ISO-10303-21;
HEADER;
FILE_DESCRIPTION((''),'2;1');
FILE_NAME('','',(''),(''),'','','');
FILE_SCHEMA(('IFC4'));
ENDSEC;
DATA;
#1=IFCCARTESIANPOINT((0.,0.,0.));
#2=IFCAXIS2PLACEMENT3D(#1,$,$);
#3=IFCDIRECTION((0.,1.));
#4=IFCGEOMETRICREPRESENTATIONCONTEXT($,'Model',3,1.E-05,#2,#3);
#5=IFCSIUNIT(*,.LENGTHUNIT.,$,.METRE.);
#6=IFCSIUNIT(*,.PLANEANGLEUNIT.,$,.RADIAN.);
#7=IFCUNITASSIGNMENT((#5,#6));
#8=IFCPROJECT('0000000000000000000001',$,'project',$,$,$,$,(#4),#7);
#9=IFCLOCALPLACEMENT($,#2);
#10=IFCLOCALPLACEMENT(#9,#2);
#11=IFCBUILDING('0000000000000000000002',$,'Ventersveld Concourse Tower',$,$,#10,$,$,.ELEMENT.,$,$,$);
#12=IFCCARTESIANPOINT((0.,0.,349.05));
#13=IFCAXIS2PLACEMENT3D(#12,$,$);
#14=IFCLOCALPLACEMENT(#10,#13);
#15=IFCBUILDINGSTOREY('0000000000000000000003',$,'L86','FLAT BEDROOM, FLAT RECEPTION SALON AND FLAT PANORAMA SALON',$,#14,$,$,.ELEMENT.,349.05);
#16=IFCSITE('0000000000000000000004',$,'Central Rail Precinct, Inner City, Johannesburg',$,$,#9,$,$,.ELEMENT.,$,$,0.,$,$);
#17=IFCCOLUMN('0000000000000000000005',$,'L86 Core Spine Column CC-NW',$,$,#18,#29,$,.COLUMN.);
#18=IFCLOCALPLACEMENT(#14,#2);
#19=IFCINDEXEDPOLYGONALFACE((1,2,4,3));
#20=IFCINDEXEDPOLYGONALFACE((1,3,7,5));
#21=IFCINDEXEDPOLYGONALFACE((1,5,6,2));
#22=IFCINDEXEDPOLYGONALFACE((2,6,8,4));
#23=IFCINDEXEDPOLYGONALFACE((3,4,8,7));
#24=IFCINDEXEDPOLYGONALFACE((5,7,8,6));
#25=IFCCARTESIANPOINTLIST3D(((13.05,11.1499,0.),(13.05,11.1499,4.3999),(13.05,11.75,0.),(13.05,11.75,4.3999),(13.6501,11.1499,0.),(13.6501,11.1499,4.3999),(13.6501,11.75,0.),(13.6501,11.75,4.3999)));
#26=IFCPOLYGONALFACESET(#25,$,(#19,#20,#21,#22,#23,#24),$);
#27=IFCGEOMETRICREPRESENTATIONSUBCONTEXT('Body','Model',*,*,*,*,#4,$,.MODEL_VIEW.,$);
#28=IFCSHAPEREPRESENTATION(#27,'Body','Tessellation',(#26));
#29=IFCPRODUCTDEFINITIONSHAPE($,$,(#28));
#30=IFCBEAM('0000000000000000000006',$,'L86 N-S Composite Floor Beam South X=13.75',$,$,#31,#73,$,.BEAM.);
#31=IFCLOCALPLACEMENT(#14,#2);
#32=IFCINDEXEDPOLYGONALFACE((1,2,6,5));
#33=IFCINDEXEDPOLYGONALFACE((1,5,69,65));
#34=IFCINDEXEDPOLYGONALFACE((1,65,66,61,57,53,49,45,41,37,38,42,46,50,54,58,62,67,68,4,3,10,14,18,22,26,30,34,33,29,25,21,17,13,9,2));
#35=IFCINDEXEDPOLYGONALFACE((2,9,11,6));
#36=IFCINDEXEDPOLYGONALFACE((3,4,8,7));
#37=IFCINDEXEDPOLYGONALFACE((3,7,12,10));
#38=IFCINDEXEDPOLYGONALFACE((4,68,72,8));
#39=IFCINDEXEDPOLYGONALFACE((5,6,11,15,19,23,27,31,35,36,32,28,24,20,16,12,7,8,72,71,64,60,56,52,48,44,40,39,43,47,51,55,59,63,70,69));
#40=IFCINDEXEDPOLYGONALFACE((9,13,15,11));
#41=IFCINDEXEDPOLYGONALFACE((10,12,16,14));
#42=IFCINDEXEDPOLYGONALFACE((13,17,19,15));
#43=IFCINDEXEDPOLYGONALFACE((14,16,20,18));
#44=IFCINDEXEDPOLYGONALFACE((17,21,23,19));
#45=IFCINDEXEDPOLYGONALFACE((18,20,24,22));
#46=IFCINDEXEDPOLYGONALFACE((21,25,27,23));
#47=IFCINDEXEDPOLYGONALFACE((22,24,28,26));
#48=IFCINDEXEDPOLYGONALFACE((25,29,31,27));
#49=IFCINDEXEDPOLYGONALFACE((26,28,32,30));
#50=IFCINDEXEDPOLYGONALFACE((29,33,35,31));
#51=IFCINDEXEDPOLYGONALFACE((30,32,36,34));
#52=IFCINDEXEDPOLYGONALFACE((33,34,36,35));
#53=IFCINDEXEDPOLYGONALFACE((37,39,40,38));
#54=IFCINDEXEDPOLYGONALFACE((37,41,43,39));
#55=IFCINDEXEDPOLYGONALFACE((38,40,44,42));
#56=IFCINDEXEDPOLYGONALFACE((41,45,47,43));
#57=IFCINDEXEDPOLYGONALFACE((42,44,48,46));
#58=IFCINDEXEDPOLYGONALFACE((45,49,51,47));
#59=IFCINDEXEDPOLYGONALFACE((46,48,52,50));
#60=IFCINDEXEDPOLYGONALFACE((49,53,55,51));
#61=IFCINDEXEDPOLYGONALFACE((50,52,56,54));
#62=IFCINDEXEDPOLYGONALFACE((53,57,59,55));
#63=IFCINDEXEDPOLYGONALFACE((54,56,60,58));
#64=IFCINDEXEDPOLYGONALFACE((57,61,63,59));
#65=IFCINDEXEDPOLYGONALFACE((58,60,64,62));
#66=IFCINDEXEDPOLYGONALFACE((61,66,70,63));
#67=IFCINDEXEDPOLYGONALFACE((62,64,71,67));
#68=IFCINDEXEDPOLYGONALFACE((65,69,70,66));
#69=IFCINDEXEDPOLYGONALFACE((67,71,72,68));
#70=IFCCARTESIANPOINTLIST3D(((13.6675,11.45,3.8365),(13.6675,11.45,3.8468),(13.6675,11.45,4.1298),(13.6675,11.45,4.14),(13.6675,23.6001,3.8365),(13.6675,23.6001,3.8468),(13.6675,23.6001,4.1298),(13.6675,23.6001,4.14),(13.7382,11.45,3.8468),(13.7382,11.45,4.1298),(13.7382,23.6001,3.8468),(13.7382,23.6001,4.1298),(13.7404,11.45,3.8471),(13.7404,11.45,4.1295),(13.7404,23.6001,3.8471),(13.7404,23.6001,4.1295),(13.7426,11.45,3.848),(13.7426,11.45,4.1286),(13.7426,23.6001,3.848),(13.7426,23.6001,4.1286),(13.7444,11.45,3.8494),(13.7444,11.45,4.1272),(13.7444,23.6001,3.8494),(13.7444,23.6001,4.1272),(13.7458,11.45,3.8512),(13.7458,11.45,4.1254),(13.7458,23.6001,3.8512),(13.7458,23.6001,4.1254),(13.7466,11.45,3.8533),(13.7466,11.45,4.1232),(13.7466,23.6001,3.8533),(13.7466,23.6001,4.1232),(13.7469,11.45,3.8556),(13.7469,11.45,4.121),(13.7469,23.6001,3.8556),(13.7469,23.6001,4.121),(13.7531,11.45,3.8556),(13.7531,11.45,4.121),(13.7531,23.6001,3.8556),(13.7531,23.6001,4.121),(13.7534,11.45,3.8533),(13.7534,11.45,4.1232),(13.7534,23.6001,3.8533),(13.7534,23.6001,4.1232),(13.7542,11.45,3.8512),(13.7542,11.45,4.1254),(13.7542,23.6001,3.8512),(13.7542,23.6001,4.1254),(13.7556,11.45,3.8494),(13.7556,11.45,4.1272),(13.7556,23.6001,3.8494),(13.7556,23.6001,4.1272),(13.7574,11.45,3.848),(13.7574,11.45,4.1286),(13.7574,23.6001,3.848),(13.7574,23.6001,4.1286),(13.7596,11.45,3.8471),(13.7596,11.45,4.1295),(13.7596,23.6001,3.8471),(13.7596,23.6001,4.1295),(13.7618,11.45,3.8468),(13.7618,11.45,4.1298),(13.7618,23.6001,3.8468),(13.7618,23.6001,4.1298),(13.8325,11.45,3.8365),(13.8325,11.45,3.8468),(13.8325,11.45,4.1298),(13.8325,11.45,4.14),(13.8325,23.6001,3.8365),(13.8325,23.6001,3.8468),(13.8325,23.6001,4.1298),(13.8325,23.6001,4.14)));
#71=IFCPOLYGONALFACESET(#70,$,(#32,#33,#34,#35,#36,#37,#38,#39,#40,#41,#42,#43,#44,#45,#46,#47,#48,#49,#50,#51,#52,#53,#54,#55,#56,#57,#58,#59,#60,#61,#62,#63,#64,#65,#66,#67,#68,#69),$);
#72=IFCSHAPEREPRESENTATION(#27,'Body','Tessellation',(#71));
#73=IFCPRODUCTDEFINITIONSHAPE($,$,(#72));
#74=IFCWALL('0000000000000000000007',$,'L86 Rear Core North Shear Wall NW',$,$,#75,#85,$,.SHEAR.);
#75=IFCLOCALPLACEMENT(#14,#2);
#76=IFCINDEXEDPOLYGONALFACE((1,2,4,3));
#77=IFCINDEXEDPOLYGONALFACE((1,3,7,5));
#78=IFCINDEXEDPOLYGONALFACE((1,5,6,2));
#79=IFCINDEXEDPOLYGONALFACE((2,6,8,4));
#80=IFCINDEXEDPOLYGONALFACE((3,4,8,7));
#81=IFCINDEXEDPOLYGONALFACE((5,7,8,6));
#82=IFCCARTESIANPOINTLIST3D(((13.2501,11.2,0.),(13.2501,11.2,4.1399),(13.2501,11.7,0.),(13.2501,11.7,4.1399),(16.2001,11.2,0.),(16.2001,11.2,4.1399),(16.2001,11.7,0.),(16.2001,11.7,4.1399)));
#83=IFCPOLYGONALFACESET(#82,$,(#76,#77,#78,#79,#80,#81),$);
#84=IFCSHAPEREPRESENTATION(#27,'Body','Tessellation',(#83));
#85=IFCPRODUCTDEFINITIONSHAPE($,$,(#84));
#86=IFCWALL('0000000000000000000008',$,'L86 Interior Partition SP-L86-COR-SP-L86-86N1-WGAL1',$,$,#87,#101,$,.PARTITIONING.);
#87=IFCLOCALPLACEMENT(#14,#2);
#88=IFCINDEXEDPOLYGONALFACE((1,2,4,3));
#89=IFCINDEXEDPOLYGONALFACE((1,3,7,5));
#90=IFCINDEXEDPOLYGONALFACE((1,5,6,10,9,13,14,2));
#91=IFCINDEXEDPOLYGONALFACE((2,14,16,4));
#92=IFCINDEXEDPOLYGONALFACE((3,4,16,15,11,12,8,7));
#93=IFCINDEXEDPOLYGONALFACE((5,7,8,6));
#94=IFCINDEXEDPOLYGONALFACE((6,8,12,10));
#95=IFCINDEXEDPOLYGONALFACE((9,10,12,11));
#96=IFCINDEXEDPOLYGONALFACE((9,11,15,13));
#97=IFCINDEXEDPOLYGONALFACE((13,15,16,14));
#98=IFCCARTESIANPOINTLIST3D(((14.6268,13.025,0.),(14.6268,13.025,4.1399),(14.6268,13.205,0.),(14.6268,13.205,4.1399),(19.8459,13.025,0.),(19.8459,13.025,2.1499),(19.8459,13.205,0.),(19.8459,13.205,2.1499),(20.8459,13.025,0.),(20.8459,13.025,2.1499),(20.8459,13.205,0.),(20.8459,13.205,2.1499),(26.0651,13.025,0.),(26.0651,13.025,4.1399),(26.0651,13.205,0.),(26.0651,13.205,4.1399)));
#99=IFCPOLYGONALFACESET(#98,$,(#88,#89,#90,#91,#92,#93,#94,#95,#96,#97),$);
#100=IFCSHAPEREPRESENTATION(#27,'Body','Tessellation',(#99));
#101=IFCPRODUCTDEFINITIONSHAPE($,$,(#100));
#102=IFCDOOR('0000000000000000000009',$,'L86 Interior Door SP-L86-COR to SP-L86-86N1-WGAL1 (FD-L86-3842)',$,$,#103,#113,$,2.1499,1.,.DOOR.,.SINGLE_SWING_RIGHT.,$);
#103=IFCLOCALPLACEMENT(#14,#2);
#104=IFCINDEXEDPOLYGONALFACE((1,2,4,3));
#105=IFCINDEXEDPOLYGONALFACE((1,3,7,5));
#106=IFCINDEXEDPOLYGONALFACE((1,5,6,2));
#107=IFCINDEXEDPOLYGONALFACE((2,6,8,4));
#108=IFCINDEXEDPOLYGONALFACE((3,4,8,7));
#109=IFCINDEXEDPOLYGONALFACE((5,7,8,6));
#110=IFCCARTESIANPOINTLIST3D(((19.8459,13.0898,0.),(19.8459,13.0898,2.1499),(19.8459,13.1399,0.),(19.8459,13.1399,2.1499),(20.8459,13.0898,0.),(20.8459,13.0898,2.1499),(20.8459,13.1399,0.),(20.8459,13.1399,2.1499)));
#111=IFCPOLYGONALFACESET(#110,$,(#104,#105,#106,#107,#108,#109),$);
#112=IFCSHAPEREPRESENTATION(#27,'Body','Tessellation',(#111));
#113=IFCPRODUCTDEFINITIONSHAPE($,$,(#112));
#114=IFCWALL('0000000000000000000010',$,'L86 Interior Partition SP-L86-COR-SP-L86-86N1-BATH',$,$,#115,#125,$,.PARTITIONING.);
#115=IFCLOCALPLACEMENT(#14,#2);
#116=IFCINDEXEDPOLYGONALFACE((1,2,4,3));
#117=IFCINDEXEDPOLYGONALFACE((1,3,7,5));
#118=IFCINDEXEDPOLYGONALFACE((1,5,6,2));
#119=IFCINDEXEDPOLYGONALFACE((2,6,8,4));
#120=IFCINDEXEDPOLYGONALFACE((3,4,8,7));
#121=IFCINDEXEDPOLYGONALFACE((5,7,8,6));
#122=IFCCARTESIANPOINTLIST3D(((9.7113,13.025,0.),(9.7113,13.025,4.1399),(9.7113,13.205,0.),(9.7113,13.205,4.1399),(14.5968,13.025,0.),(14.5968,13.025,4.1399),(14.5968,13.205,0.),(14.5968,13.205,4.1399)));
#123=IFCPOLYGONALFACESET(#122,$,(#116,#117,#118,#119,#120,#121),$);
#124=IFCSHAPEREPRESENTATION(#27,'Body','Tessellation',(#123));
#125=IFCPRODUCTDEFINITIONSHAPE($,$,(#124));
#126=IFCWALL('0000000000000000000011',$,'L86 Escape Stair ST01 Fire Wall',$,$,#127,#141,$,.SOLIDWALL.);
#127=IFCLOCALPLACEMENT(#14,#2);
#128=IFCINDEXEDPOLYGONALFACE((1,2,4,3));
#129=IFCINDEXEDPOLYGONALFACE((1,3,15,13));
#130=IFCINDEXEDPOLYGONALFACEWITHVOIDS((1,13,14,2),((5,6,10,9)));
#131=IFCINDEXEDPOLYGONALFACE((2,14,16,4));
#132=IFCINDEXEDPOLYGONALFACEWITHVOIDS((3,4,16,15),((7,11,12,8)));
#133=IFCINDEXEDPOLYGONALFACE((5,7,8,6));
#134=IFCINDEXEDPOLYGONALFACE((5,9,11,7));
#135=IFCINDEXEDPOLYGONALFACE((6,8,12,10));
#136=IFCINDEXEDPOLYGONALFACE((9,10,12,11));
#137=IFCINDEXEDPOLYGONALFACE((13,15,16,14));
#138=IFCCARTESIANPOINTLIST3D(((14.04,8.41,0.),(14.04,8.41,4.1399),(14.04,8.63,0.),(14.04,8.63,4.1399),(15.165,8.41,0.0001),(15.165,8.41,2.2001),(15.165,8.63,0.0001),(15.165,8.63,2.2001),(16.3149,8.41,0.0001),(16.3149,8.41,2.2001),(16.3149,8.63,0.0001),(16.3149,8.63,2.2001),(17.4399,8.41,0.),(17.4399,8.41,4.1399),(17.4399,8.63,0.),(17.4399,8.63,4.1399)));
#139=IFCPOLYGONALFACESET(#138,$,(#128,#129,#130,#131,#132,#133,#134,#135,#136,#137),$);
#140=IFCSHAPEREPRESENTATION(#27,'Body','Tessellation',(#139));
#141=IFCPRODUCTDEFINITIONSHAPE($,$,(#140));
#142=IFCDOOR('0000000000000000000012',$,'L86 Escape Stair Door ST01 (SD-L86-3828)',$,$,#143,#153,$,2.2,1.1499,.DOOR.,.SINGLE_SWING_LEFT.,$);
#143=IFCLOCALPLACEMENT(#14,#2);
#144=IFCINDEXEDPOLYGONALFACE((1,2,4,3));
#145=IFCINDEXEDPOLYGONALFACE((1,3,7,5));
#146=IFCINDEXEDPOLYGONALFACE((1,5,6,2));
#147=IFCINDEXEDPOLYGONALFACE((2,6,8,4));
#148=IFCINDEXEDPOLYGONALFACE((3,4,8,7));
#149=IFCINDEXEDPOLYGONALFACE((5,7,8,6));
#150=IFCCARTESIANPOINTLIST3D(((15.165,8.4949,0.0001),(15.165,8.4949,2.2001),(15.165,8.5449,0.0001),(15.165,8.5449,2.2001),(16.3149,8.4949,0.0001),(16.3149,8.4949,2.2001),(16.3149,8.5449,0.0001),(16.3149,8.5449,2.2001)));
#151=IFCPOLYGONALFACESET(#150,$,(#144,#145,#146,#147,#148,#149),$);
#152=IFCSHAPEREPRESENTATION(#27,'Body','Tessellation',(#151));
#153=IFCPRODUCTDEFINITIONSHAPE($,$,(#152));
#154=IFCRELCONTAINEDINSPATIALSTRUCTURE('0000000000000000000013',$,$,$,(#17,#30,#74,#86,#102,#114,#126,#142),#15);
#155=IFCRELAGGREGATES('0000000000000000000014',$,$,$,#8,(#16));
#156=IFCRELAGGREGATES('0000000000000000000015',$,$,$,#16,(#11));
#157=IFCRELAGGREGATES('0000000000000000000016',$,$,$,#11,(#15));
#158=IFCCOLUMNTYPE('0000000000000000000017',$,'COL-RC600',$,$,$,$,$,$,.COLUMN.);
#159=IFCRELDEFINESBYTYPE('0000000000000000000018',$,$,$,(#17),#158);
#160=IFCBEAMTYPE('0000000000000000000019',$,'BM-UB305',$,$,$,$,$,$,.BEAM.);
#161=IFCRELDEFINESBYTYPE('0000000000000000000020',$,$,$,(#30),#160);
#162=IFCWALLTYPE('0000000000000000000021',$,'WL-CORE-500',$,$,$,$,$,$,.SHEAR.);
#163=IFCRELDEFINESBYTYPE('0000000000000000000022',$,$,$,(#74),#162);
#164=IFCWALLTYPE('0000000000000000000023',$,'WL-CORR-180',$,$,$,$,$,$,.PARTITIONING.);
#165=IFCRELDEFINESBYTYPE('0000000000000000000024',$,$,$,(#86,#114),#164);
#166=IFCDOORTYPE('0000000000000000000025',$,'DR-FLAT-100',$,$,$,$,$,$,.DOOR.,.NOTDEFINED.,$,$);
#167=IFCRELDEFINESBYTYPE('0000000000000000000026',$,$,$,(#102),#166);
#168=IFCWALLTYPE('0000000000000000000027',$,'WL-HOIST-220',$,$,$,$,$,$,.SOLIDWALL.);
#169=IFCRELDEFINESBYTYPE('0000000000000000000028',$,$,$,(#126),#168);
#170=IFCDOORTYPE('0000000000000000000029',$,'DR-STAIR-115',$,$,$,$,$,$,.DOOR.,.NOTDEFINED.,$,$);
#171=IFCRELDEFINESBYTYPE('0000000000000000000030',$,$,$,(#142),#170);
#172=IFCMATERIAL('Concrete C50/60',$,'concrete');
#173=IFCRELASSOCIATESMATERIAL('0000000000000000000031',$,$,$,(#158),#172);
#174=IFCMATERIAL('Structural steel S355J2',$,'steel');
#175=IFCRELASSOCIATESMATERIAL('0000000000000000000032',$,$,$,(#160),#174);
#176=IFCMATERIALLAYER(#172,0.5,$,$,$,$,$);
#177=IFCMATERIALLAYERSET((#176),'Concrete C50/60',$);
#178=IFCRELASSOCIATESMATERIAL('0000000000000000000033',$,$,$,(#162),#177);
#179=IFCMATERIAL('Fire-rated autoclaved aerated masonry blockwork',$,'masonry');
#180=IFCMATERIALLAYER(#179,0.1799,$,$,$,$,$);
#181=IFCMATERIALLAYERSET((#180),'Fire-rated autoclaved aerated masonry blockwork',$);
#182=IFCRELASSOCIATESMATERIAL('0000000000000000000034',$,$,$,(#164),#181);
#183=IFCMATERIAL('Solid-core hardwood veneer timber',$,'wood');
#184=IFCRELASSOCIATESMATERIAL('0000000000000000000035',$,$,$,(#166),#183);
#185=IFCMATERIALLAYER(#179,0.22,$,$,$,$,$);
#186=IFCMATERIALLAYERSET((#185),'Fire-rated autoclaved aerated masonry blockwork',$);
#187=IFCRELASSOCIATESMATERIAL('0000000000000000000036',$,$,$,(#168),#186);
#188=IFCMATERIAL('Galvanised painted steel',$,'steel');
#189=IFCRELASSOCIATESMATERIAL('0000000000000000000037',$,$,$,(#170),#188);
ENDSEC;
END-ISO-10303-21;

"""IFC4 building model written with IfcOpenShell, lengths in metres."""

from ifc_helpers import new_model, si_unit, direction, frame, frame_2d, origin, origin_2d, place, context, subcontext, project, spatial, rectangle, i_section, extrude, material, layer, layer_set, material_profile, profile_set, type_object, element, fill, save


model = new_model("IFC4")

# Units and contexts
model_context = context("Model", 3, precision=1e-05, world=origin(), true_north=direction((0.0, 1.0)))
body_context = subcontext(model_context, "Body", "Model", "MODEL_VIEW")
ifc_project = project(units=[si_unit("LENGTHUNIT", "METRE"), si_unit("PLANEANGLEUNIT", "RADIAN")], contexts=[model_context])

# Site, building, storey
site_placement = place(None, origin())
site = spatial("IfcSite", under=ifc_project, at=site_placement, Name="Central Rail Precinct, Inner City, Johannesburg", CompositionType="ELEMENT", RefElevation=0.0)
building_placement = place(site_placement, origin())
building = spatial("IfcBuilding", under=site, at=building_placement, Name="Ventersveld Concourse Tower", CompositionType="ELEMENT")
storey_placement = place(building_placement, frame((0.0, 0.0, 349.05)))
storey = spatial("IfcBuildingStorey", under=building, at=storey_placement, Name="L86", Description="FLAT BEDROOM, FLAT RECEPTION SALON AND FLAT PANORAMA SALON", CompositionType="ELEMENT", Elevation=349.05)

# Column
ifc_material_1 = material(Name="Concrete C50/60", Category="concrete")
ifc_material_profile_1 = material_profile(ifc_material_1, rectangle(XDim=0.6001, YDim=0.6001, at=origin_2d()), Name="RC 600x600")
ifc_profile_set_1 = profile_set([ifc_material_profile_1], Name="Concrete C50/60")
column_type = type_object("IfcColumnType", Name="COL-RC600", PredefinedType="COLUMN", material=ifc_profile_set_1)
column_placement = place(storey_placement, frame((13.3501, 11.45, 0.0), z_axis=(0.0, 0.0, 1.0), x_axis=(1.0, 0.0, 0.0)))
element("IfcColumn", 1, at=column_placement, inside=storey, type_object=column_type, Name="L86 Core Spine Column CC-NW", PredefinedType="COLUMN", context=body_context, shape_type="SweptSolid", body=[
    extrude(rectangle(XDim=0.6001, YDim=0.6001, at=origin_2d()), origin(), (0.0, 0.0, 1.0), 4.3999),
])

# Beam
ifc_material_2 = material(Name="Structural steel S355J2", Category="steel")
ifc_material_profile_2 = material_profile(ifc_material_2, i_section(OverallWidth=0.165, OverallDepth=0.3035, WebThickness=0.0061, FlangeThickness=0.0103, FilletRadius=0.0088, at=origin_2d()), Name="UB 305x165x40")
ifc_profile_set_2 = profile_set([ifc_material_profile_2], Name="Structural steel S355J2")
beam_type = type_object("IfcBeamType", Name="BM-UB305", PredefinedType="BEAM", material=ifc_profile_set_2)
beam_placement = place(storey_placement, frame((13.75, 11.45, 3.9883), z_axis=(0.0, 1.0, 0.0), x_axis=(-1.0, 0.0, 0.0)))
element("IfcBeam", 2, at=beam_placement, inside=storey, type_object=beam_type, Name="L86 N-S Composite Floor Beam South X=13.75", PredefinedType="BEAM", context=body_context, shape_type="SweptSolid", body=[
    extrude(i_section(OverallWidth=0.165, OverallDepth=0.3035, WebThickness=0.0061, FlangeThickness=0.0103, FilletRadius=0.0088, at=origin_2d()), origin(), (0.0, 0.0, 1.0), 12.1501),
])

# Wall
ifc_layer_1 = layer(ifc_material_1, 0.5)
ifc_layer_set_1 = layer_set([ifc_layer_1], Name="Concrete C50/60")
wall_type_1 = type_object("IfcWallType", Name="WL-CORE-500", PredefinedType="SHEAR", material=ifc_layer_set_1)
wall_1_placement = place(storey_placement, frame((13.25, 11.45, 0.0), z_axis=(0.0, 0.0, 1.0), x_axis=(1.0, 0.0, 0.0)))
element("IfcWall", 3, at=wall_1_placement, inside=storey, type_object=wall_type_1, Name="L86 Rear Core North Shear Wall NW", PredefinedType="SHEAR", context=body_context, shape_type="SweptSolid", body=[
    extrude(rectangle(XDim=2.95, YDim=0.5, at=frame_2d((1.4751, 0.0))), origin(), (0.0, 0.0, 1.0), 4.1399),
])

# Wall, opening, door
ifc_material_3 = material(Name="Fire-rated autoclaved aerated masonry blockwork", Category="masonry")
ifc_layer_2 = layer(ifc_material_3, 0.1799)
ifc_layer_set_2 = layer_set([ifc_layer_2], Name="Fire-rated autoclaved aerated masonry blockwork")
wall_type_2 = type_object("IfcWallType", Name="WL-CORR-180", PredefinedType="PARTITIONING", material=ifc_layer_set_2)
ifc_material_4 = material(Name="Solid-core hardwood veneer timber", Category="wood")
door_type_1 = type_object("IfcDoorType", Name="DR-FLAT-100", OperationType="NOTDEFINED", PredefinedType="DOOR", material=ifc_material_4)
wall_2_placement = place(storey_placement, frame((14.6267, 13.115, 0.0), z_axis=(0.0, 0.0, 1.0), x_axis=(1.0, 0.0, 0.0)))
wall_2 = element("IfcWall", 4, at=wall_2_placement, inside=storey, type_object=wall_type_2, Name="L86 Interior Partition SP-L86-COR-SP-L86-86N1-WGAL1", PredefinedType="PARTITIONING", context=body_context, shape_type="SweptSolid", body=[
    extrude(rectangle(XDim=11.4382, YDim=0.1799, at=frame_2d((5.7192, 0.0))), origin(), (0.0, 0.0, 1.0), 4.1399),
])
opening_1_placement = place(wall_2_placement, frame((5.2192, 0.0, 0.0)))
opening_1 = element("IfcOpeningElement", 5, at=opening_1_placement, cuts=wall_2, PredefinedType="OPENING", context=body_context, shape_type="SweptSolid", body=[
    extrude(rectangle(XDim=1.0, YDim=2.1499, at=frame_2d((0.5, 1.075))), frame((0.0, 0.1001, 0.0), z_axis=(0.0, -1.0, 0.0), x_axis=(1.0, 0.0, 0.0)), (0.0, 0.0, 1.0), 0.2),
])
door_1_placement = place(opening_1_placement, origin())
door_1 = element("IfcDoor", 6, at=door_1_placement, inside=storey, type_object=door_type_1, Name="L86 Interior Door SP-L86-COR to SP-L86-86N1-WGAL1 (FD-L86-3842)", OperationType="SINGLE_SWING_RIGHT", OverallHeight=2.1499, OverallWidth=1.0, PredefinedType="DOOR", context=body_context, shape_type="SweptSolid", body=[
    extrude(rectangle(XDim=1.0, YDim=2.1499, at=frame_2d((0.5, 1.075))), frame((0.0, 0.0249, 0.0), z_axis=(0.0, -1.0, 0.0), x_axis=(1.0, 0.0, 0.0)), (0.0, 0.0, 1.0), 0.05),
])
fill(opening_1, door_1)

# Wall
wall_3_placement = place(storey_placement, frame((9.7112, 13.115, 0.0), z_axis=(0.0, 0.0, 1.0), x_axis=(1.0, 0.0, 0.0)))
element("IfcWall", 7, at=wall_3_placement, inside=storey, type_object=wall_type_2, Name="L86 Interior Partition SP-L86-COR-SP-L86-86N1-BATH", PredefinedType="PARTITIONING", context=body_context, shape_type="SweptSolid", body=[
    extrude(rectangle(XDim=4.8855, YDim=0.1799, at=frame_2d((2.4429, 0.0))), origin(), (0.0, 0.0, 1.0), 4.1399),
])

# Wall, opening, door
ifc_layer_3 = layer(ifc_material_3, 0.22)
ifc_layer_set_3 = layer_set([ifc_layer_3], Name="Fire-rated autoclaved aerated masonry blockwork")
wall_type_3 = type_object("IfcWallType", Name="WL-HOIST-220", PredefinedType="SOLIDWALL", material=ifc_layer_set_3)
wall_4_placement = place(storey_placement, frame((14.04, 8.52, 0.0), z_axis=(0.0, 0.0, 1.0), x_axis=(1.0, 0.0, 0.0)))
wall_4 = element("IfcWall", 8, at=wall_4_placement, inside=storey, type_object=wall_type_3, Name="L86 Escape Stair ST01 Fire Wall", PredefinedType="SOLIDWALL", context=body_context, shape_type="SweptSolid", body=[
    extrude(rectangle(XDim=3.3999, YDim=0.22, at=frame_2d((1.7, 0.0))), origin(), (0.0, 0.0, 1.0), 4.1399),
])
opening_2_placement = place(wall_4_placement, frame((1.125, 0.0, 0.0)))
opening_2 = element("IfcOpeningElement", 9, at=opening_2_placement, cuts=wall_4, PredefinedType="OPENING", context=body_context, shape_type="SweptSolid", body=[
    extrude(rectangle(XDim=1.1499, YDim=2.2, at=frame_2d((0.575, 1.1001))), frame((0.0, 0.1201, 0.0), z_axis=(0.0, -1.0, 0.0), x_axis=(1.0, 0.0, 0.0)), (0.0, 0.0, 1.0), 0.24),
])
ifc_material_5 = material(Name="Galvanised painted steel", Category="steel")
door_type_2 = type_object("IfcDoorType", Name="DR-STAIR-115", OperationType="NOTDEFINED", PredefinedType="DOOR", material=ifc_material_5)
door_2_placement = place(opening_2_placement, origin())
door_2 = element("IfcDoor", 10, at=door_2_placement, inside=storey, type_object=door_type_2, Name="L86 Escape Stair Door ST01 (SD-L86-3828)", OperationType="SINGLE_SWING_LEFT", OverallHeight=2.2, OverallWidth=1.1499, PredefinedType="DOOR", context=body_context, shape_type="SweptSolid", body=[
    extrude(rectangle(XDim=1.1499, YDim=2.2, at=frame_2d((0.575, 1.1001))), frame((0.0, 0.0249, 0.0), z_axis=(0.0, -1.0, 0.0), x_axis=(1.0, 0.0, 0.0)), (0.0, 0.0, 1.0), 0.05),
])
fill(opening_2, door_2)

save(model, "model.ifc")
